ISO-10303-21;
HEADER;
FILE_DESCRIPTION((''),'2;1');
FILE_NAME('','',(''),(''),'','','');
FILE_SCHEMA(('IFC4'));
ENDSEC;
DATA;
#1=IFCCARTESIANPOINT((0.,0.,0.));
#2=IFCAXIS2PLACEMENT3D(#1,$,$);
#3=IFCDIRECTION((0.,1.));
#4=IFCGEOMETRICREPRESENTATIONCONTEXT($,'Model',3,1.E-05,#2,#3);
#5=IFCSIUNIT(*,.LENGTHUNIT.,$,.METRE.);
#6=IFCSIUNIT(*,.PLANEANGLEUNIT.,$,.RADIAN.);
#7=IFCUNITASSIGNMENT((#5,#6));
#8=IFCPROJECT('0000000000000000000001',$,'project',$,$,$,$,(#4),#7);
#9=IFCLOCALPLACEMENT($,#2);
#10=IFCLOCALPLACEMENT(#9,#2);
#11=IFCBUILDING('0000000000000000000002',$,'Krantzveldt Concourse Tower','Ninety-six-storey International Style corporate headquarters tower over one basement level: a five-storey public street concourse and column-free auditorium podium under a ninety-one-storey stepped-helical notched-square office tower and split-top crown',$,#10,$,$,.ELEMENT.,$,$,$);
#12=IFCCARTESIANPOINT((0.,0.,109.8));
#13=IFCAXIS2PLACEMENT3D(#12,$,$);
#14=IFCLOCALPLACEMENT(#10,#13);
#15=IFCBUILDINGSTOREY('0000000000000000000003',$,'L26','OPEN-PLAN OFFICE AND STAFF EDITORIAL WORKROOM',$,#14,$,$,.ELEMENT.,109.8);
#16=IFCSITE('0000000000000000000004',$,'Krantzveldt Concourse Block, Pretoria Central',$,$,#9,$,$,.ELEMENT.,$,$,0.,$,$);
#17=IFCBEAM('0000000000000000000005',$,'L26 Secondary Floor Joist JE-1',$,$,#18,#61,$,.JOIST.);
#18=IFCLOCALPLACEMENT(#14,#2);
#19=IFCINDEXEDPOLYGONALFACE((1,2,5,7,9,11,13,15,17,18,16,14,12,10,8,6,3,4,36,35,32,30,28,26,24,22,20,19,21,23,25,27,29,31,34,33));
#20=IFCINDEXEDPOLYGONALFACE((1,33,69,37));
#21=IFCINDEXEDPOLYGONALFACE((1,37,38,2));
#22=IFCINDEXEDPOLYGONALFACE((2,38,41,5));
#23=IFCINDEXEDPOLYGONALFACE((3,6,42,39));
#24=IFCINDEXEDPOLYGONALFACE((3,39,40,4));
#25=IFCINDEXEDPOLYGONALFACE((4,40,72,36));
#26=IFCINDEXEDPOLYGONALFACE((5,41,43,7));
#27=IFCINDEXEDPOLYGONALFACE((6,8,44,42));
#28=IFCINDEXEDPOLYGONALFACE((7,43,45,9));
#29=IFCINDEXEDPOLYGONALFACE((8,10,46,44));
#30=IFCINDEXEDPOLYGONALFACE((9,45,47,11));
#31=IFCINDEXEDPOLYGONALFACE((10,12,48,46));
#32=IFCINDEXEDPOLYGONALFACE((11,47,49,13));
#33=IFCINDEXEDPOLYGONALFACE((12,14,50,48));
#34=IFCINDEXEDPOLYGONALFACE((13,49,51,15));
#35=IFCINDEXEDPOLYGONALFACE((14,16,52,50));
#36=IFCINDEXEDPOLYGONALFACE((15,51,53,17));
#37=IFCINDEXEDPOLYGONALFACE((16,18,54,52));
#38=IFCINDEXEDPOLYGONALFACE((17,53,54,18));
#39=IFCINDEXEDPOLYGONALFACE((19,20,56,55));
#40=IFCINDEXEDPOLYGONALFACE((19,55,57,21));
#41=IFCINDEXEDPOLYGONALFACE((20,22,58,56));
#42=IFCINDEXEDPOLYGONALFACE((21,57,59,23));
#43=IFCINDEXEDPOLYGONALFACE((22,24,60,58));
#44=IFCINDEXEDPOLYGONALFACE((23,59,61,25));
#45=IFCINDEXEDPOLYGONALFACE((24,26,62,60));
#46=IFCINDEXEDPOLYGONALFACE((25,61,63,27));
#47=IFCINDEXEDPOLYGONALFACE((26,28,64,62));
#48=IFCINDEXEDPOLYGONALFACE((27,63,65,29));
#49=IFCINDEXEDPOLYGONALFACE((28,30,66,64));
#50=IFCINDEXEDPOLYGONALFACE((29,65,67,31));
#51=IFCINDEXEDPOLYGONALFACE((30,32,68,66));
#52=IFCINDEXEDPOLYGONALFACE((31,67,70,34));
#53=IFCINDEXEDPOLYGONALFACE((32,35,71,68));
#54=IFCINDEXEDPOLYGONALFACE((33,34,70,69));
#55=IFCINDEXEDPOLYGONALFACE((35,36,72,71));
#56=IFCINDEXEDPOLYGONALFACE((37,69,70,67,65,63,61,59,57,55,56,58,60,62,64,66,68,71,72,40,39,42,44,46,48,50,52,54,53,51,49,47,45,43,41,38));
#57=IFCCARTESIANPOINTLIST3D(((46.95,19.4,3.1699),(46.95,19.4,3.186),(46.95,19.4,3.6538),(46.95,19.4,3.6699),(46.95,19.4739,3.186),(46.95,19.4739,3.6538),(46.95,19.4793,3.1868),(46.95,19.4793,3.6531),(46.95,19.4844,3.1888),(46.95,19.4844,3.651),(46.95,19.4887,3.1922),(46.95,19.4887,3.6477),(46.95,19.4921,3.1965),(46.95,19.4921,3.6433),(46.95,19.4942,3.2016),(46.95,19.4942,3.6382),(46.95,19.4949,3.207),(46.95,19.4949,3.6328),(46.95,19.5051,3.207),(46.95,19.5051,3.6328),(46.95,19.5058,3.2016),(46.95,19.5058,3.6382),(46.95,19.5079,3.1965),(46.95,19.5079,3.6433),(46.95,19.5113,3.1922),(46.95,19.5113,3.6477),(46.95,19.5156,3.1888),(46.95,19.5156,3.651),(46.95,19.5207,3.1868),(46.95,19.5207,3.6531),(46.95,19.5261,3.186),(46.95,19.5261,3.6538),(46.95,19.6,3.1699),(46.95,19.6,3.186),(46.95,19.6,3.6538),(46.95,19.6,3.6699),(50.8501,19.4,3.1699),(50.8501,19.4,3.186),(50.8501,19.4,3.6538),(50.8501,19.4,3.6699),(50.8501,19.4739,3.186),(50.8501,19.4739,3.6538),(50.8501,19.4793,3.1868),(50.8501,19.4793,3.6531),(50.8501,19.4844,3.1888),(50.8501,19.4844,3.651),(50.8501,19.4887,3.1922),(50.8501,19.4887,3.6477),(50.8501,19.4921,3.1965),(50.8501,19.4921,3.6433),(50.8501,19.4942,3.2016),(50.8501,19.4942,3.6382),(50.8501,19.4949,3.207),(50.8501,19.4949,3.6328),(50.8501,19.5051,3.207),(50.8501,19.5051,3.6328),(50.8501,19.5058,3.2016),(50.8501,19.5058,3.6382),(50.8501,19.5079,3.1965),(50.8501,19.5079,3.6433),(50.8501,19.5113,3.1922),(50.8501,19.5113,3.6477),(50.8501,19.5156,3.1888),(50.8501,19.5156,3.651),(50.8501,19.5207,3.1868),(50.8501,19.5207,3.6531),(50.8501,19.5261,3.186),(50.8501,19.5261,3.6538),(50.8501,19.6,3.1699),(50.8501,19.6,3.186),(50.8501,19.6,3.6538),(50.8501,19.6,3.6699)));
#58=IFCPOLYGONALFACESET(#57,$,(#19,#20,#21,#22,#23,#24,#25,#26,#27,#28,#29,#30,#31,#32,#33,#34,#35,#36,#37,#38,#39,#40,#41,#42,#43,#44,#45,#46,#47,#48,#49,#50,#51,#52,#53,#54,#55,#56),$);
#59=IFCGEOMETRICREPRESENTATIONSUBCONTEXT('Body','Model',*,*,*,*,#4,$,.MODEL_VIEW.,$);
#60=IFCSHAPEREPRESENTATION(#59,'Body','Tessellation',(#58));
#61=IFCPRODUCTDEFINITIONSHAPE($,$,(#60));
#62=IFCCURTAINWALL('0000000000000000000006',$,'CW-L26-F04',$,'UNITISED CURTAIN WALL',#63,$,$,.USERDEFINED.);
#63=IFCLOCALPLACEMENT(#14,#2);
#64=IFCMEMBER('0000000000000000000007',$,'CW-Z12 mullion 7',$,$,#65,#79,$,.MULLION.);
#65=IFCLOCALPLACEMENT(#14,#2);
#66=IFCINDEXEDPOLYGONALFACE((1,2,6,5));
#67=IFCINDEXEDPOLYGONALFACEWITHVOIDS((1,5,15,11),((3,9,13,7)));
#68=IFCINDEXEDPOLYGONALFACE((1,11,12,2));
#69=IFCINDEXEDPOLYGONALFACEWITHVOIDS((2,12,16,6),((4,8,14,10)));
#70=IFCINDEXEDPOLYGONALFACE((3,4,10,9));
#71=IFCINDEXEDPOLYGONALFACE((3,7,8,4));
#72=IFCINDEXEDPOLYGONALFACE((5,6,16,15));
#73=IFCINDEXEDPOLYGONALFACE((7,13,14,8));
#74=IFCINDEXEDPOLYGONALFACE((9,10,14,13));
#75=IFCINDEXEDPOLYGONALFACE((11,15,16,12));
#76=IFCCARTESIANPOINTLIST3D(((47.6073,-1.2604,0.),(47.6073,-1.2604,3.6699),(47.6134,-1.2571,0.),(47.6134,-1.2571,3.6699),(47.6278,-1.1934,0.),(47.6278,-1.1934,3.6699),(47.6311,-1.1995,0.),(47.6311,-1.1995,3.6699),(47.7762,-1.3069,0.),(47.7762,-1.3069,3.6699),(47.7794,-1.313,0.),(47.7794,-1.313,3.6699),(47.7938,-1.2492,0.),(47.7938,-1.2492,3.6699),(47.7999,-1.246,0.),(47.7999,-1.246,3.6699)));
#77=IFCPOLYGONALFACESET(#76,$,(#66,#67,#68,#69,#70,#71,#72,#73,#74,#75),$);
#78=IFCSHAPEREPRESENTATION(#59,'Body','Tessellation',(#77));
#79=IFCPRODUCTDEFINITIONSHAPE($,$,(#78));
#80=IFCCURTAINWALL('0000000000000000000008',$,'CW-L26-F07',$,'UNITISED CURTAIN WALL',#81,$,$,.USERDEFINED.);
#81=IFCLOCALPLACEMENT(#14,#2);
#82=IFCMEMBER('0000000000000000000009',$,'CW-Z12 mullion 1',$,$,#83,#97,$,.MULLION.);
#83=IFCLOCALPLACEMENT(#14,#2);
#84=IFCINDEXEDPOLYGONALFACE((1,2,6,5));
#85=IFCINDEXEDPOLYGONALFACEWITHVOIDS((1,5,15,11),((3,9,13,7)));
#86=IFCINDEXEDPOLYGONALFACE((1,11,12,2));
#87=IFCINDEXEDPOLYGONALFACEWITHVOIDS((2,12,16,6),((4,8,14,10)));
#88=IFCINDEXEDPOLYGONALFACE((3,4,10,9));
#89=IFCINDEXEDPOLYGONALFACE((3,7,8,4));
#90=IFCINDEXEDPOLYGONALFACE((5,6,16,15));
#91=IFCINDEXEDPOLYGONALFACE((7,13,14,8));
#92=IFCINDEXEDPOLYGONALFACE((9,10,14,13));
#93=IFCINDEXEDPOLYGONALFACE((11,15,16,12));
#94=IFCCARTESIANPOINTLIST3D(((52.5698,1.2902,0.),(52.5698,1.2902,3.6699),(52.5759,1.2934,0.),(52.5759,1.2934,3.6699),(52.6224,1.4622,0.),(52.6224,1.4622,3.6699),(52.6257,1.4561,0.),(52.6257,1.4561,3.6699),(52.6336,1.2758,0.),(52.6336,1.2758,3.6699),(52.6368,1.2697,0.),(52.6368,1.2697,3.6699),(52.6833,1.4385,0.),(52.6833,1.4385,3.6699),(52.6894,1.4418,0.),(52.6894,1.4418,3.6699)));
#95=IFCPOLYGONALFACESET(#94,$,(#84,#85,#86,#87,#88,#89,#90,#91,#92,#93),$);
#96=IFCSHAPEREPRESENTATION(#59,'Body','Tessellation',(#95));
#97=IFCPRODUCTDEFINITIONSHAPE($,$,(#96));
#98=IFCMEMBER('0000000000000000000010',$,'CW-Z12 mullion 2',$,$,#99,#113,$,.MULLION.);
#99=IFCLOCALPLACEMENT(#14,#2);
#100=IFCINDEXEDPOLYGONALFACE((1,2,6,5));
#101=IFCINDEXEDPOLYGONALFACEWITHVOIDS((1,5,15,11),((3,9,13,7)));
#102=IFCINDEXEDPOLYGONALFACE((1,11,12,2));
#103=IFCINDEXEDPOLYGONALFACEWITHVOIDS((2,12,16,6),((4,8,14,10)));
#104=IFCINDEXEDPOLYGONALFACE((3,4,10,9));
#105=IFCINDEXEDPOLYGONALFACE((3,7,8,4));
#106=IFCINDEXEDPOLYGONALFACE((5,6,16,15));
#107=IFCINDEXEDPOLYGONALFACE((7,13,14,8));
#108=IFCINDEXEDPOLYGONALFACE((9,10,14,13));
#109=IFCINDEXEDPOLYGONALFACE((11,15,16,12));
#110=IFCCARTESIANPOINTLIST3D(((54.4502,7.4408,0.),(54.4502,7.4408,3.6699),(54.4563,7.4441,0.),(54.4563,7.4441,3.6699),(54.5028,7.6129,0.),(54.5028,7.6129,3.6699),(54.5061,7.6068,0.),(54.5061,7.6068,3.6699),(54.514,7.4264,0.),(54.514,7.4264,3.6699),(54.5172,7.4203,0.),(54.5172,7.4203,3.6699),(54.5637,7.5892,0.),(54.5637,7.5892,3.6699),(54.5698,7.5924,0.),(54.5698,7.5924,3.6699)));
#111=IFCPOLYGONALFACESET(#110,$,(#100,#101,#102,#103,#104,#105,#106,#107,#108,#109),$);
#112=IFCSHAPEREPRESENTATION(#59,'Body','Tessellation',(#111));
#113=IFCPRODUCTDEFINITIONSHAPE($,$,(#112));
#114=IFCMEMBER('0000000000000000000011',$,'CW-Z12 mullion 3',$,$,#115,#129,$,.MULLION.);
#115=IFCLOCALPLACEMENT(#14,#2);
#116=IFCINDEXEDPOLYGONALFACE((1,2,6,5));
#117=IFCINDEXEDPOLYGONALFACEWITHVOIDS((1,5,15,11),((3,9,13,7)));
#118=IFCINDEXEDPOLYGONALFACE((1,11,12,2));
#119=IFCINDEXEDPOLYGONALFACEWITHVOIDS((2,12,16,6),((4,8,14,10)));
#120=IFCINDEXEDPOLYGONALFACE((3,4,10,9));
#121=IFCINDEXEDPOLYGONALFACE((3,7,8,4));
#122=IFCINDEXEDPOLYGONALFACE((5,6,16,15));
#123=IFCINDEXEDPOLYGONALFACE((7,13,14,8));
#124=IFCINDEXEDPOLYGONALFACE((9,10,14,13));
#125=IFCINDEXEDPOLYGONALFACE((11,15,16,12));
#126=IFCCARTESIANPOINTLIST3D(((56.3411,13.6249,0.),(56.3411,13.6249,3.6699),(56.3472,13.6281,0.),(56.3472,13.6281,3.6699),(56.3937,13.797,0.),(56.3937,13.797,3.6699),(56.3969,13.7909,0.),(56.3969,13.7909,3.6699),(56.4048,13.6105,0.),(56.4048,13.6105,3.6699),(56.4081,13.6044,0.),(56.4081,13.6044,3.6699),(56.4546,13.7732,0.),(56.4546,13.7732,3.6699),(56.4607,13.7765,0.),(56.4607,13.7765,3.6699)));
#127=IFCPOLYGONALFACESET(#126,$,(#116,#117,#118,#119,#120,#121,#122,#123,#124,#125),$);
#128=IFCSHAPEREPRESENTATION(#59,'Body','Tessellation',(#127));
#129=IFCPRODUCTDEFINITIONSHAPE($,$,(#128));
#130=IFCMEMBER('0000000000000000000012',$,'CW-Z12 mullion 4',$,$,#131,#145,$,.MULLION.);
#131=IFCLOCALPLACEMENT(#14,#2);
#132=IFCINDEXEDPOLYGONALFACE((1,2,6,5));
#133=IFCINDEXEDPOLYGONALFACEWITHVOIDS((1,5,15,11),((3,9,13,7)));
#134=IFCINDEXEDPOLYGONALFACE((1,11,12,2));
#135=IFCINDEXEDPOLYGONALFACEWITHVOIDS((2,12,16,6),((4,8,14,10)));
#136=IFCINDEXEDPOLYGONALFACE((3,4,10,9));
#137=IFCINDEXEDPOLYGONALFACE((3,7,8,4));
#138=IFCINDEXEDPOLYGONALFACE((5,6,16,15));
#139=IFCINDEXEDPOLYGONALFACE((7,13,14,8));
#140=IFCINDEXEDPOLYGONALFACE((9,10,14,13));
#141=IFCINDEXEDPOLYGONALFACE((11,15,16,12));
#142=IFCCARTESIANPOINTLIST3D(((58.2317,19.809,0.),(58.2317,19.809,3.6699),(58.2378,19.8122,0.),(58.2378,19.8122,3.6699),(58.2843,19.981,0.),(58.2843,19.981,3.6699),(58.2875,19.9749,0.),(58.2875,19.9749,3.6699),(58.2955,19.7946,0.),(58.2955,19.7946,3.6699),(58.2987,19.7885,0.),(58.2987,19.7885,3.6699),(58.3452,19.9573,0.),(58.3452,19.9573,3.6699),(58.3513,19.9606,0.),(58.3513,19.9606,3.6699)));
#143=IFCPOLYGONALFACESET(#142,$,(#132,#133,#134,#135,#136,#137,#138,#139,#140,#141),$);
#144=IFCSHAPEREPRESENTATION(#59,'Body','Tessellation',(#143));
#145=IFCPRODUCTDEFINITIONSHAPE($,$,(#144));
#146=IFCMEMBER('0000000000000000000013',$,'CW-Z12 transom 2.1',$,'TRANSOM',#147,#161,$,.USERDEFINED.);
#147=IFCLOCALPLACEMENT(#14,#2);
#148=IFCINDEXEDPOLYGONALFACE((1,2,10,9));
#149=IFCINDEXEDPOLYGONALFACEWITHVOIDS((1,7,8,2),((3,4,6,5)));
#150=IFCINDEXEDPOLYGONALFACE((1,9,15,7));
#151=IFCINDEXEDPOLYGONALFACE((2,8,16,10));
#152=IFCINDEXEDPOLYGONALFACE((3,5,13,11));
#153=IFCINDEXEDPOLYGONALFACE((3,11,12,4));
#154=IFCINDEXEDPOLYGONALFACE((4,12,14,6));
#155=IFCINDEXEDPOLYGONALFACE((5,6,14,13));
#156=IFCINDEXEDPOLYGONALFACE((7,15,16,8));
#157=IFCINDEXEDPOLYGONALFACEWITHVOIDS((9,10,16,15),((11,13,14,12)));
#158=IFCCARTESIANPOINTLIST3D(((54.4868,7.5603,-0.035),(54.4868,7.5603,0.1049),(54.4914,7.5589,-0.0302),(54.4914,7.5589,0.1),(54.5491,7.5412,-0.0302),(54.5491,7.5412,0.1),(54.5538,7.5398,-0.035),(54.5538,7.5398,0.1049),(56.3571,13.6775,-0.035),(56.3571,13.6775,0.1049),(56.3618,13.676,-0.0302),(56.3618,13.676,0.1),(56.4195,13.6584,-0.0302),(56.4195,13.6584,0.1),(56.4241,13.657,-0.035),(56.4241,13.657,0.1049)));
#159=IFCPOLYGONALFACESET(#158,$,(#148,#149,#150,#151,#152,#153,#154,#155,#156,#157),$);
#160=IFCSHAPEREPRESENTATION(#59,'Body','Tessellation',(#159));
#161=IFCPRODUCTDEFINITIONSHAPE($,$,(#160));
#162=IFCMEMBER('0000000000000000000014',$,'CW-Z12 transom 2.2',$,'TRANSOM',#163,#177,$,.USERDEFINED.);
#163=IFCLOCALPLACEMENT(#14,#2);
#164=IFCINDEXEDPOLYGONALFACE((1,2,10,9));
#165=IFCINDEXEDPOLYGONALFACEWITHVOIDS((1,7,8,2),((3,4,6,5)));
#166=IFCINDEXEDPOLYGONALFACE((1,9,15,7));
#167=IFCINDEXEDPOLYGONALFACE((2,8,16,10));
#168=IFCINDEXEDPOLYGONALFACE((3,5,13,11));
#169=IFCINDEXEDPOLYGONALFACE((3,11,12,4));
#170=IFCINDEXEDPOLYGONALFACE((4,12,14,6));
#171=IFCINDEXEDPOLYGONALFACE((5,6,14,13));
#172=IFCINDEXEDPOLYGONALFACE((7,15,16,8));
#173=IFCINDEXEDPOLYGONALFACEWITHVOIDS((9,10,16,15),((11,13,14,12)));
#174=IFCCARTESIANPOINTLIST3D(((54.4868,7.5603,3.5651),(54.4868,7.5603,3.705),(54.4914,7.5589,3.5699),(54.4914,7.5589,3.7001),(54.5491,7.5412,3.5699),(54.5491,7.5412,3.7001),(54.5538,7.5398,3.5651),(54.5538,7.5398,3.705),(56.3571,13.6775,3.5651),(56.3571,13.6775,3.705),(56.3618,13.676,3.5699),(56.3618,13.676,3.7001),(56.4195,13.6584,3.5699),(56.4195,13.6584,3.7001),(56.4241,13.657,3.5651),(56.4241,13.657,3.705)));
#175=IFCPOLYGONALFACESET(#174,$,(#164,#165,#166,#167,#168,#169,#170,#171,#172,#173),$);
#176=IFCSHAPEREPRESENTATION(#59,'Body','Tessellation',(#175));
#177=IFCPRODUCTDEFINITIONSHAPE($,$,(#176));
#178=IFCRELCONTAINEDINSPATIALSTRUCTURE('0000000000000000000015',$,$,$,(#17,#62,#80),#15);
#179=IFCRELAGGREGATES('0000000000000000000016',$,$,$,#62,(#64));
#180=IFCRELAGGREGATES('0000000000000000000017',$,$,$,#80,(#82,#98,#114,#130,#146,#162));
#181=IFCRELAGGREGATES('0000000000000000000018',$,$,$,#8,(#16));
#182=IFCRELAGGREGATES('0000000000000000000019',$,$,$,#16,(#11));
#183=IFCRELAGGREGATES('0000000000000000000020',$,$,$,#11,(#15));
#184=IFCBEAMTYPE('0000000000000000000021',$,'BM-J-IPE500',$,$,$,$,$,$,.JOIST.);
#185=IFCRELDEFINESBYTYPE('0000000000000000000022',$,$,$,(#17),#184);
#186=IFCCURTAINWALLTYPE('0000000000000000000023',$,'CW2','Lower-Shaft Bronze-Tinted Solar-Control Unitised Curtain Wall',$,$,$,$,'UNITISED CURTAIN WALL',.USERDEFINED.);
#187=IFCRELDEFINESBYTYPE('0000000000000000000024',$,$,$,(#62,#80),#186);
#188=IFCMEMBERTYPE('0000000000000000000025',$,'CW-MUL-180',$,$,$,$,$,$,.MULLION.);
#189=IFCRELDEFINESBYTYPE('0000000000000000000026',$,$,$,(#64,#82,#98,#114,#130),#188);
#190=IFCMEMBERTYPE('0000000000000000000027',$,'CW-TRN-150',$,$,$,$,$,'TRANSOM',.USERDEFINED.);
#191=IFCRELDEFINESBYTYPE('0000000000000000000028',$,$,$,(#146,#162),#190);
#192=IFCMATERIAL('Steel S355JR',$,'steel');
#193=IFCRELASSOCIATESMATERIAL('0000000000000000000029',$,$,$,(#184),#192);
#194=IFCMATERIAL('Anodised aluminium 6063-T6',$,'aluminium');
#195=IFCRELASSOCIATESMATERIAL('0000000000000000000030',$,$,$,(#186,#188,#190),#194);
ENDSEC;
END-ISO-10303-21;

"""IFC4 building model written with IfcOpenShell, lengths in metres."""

from ifc_helpers import new_model, si_unit, direction, frame, origin, origin_2d, place, context, subcontext, project, spatial, hollow_rectangle, i_section, extrude, source, transform, mapped, material, material_profile, profile_set, type_object, type_shapes, element, aggregate, save


model = new_model("IFC4")

# Units and contexts
model_context = context("Model", 3, precision=1e-05, world=origin(), true_north=direction((0.0, 1.0)))
body_context = subcontext(model_context, "Body", "Model", "MODEL_VIEW")
ifc_project = project(units=[si_unit("LENGTHUNIT", "METRE"), si_unit("PLANEANGLEUNIT", "RADIAN")], contexts=[model_context])

# Site, building, storey
site_placement = place(None, origin())
site = spatial("IfcSite", under=ifc_project, at=site_placement, Name="Krantzveldt Concourse Block, Pretoria Central", CompositionType="ELEMENT", RefElevation=0.0)
building_placement = place(site_placement, origin())
building = spatial("IfcBuilding", under=site, at=building_placement, Name="Krantzveldt Concourse Tower", Description="Ninety-six-storey International Style corporate headquarters tower over one basement level: a five-storey public street concourse and column-free auditorium podium under a ninety-one-storey stepped-helical notched-square office tower and split-top crown", CompositionType="ELEMENT")
storey_placement = place(building_placement, frame((0.0, 0.0, 109.8)))
storey = spatial("IfcBuildingStorey", under=building, at=storey_placement, Name="L26", Description="OPEN-PLAN OFFICE AND STAFF EDITORIAL WORKROOM", CompositionType="ELEMENT", Elevation=109.8)

# Beam
ifc_material_1 = material(Name="Steel S355JR", Category="steel")
ifc_material_profile_1 = material_profile(ifc_material_1, i_section(OverallWidth=0.2, OverallDepth=0.5, WebThickness=0.0103, FlangeThickness=0.0161, FilletRadius=0.021, at=origin_2d()), Name="Steel S355JR", Category="steel")
ifc_profile_set_1 = profile_set([ifc_material_profile_1], Name="Steel S355JR - IPE 500")
beam_type_1 = type_object("IfcBeamType", Name="BM-J-IPE500", PredefinedType="JOIST", material=ifc_profile_set_1)
shared_shape_1 = source(origin(), body_context, "Body", "SweptSolid", [
    extrude(i_section(OverallWidth=0.2, OverallDepth=0.5, WebThickness=0.0103, FlangeThickness=0.0161, FilletRadius=0.021, at=origin_2d()), origin(), (0.0, 0.0, 1.0), 3.9001),
])
type_shapes(beam_type_1, [shared_shape_1])
beam_1_placement = place(storey_placement, frame((46.95, 19.5, 3.4199), z_axis=(1.0, 0.0, 0.0), x_axis=(0.0, 1.0, 0.0)))
element("IfcBeam", 1, at=beam_1_placement, inside=storey, type_object=beam_type_1, Name="L26 Secondary Floor Joist JE-1", PredefinedType="JOIST", context=body_context, shape_type="MappedRepresentation", body=[
    mapped(shared_shape_1, transform((0.0, 0.0, 0.0), x_axis=(1.0, 0.0, 0.0), y_axis=(0.0, 1.0, 0.0), z_axis=(0.0, 0.0, 1.0), scale=1.0)),
])

# Curtain wall, member
ifc_material_2 = material(Name="Anodised aluminium 6063-T6", Category="aluminium")
curtain_wall_type = type_object("IfcCurtainWallType", Name="CW2", Description="Lower-Shaft Bronze-Tinted Solar-Control Unitised Curtain Wall", ElementType="UNITISED CURTAIN WALL", PredefinedType="USERDEFINED", material=ifc_material_2)
curtain_wall_1_placement = place(storey_placement, origin())
curtain_wall_1 = element("IfcCurtainWall", 2, at=curtain_wall_1_placement, inside=storey, type_object=curtain_wall_type, Name="CW-L26-F04", ObjectType="UNITISED CURTAIN WALL", PredefinedType="USERDEFINED")
ifc_material_profile_2 = material_profile(ifc_material_2, hollow_rectangle(XDim=0.0701, YDim=0.1799, WallThickness=0.0049, at=origin_2d()), Name="Anodised aluminium 6063-T6", Category="aluminium")
ifc_profile_set_2 = profile_set([ifc_material_profile_2], Name="Anodised aluminium 6063-T6 - ALU-MULL 180x70x5")
member_type_1 = type_object("IfcMemberType", Name="CW-MUL-180", PredefinedType="MULLION", material=ifc_profile_set_2)
shared_shape_2 = source(origin(), body_context, "Body", "SweptSolid", [
    extrude(hollow_rectangle(XDim=0.0701, YDim=0.1799, WallThickness=0.0049, at=origin_2d()), origin(), (0.0, 0.0, 1.0), 3.6699),
])
type_shapes(member_type_1, [shared_shape_2])
member_1_placement = place(storey_placement, frame((47.7036, -1.2532, 0.0), z_axis=(0.0, 0.0, 1.0), x_axis=(0.292372, 0.956305, 0.0)))
member_1 = element("IfcMember", 3, at=member_1_placement, type_object=member_type_1, Name="CW-Z12 mullion 7", PredefinedType="MULLION", context=body_context, shape_type="MappedRepresentation", body=[
    mapped(shared_shape_2, transform((0.0, 0.0, 0.0), x_axis=(1.0, 0.0, 0.0), y_axis=(0.0, 1.0, 0.0), z_axis=(0.0, 0.0, 1.0), scale=1.0)),
])

# Curtain wall, members
curtain_wall_2_placement = place(storey_placement, origin())
curtain_wall_2 = element("IfcCurtainWall", 4, at=curtain_wall_2_placement, inside=storey, type_object=curtain_wall_type, Name="CW-L26-F07", ObjectType="UNITISED CURTAIN WALL", PredefinedType="USERDEFINED")
member_2_placement = place(storey_placement, frame((52.6296, 1.366, 0.0), z_axis=(0.0, 0.0, 1.0), x_axis=(-0.956305, 0.292372, 0.0)))
member_2 = element("IfcMember", 5, at=member_2_placement, type_object=member_type_1, Name="CW-Z12 mullion 1", PredefinedType="MULLION", context=body_context, shape_type="MappedRepresentation", body=[
    mapped(shared_shape_2, transform((0.0, 0.0, 0.0), x_axis=(1.0, 0.0, 0.0), y_axis=(0.0, 1.0, 0.0), z_axis=(0.0, 0.0, 1.0), scale=1.0)),
])
member_3_placement = place(storey_placement, frame((54.51, 7.5166, 0.0), z_axis=(0.0, 0.0, 1.0), x_axis=(-0.956305, 0.292372, 0.0)))
member_3 = element("IfcMember", 6, at=member_3_placement, type_object=member_type_1, Name="CW-Z12 mullion 2", PredefinedType="MULLION", context=body_context, shape_type="MappedRepresentation", body=[
    mapped(shared_shape_2, transform((0.0, 0.0, 0.0), x_axis=(1.0, 0.0, 0.0), y_axis=(0.0, 1.0, 0.0), z_axis=(0.0, 0.0, 1.0), scale=1.0)),
])
member_4_placement = place(storey_placement, frame((56.4009, 13.7007, 0.0), z_axis=(0.0, 0.0, 1.0), x_axis=(-0.956305, 0.292372, 0.0)))
member_4 = element("IfcMember", 7, at=member_4_placement, type_object=member_type_1, Name="CW-Z12 mullion 3", PredefinedType="MULLION", context=body_context, shape_type="MappedRepresentation", body=[
    mapped(shared_shape_2, transform((0.0, 0.0, 0.0), x_axis=(1.0, 0.0, 0.0), y_axis=(0.0, 1.0, 0.0), z_axis=(0.0, 0.0, 1.0), scale=1.0)),
])
member_5_placement = place(storey_placement, frame((58.2915, 19.8848, 0.0), z_axis=(0.0, 0.0, 1.0), x_axis=(-0.956305, 0.292372, 0.0)))
member_5 = element("IfcMember", 8, at=member_5_placement, type_object=member_type_1, Name="CW-Z12 mullion 4", PredefinedType="MULLION", context=body_context, shape_type="MappedRepresentation", body=[
    mapped(shared_shape_2, transform((0.0, 0.0, 0.0), x_axis=(1.0, 0.0, 0.0), y_axis=(0.0, 1.0, 0.0), z_axis=(0.0, 0.0, 1.0), scale=1.0)),
])
ifc_material_profile_3 = material_profile(ifc_material_2, hollow_rectangle(XDim=0.0701, YDim=0.1399, WallThickness=0.0049, at=origin_2d()), Name="Anodised aluminium 6063-T6", Category="aluminium")
ifc_profile_set_3 = profile_set([ifc_material_profile_3], Name="Anodised aluminium 6063-T6 - ALU-TRAN 140x70x5")
member_type_2 = type_object("IfcMemberType", Name="CW-TRN-150", ElementType="TRANSOM", PredefinedType="USERDEFINED", material=ifc_profile_set_3)
shared_shape_3 = source(origin(), body_context, "Body", "SweptSolid", [
    extrude(hollow_rectangle(XDim=0.0701, YDim=0.1399, WallThickness=0.0049, at=origin_2d()), origin(), (0.0, 0.0, 1.0), 6.3967),
])
member_6_placement = place(storey_placement, frame((54.5203, 7.55, 0.0349), z_axis=(0.292393, 0.956298, 0.0), x_axis=(-0.956298, 0.292393, 0.0)))
member_6 = element("IfcMember", 9, at=member_6_placement, type_object=member_type_2, Name="CW-Z12 transom 2.1", ObjectType="TRANSOM", PredefinedType="USERDEFINED", context=body_context, shape_type="MappedRepresentation", body=[
    mapped(shared_shape_3, transform((0.0, 0.0, 0.0), x_axis=(1.0, 0.0, 0.0), y_axis=(0.0, 1.0, 0.0), z_axis=(0.0, 0.0, 1.0), scale=1.0)),
])
member_7_placement = place(storey_placement, frame((54.5203, 7.55, 3.635), z_axis=(0.292393, 0.956298, 0.0), x_axis=(-0.956298, 0.292393, 0.0)))
member_7 = element("IfcMember", 10, at=member_7_placement, type_object=member_type_2, Name="CW-Z12 transom 2.2", ObjectType="TRANSOM", PredefinedType="USERDEFINED", context=body_context, shape_type="MappedRepresentation", body=[
    mapped(shared_shape_3, transform((0.0, 0.0, 0.0), x_axis=(1.0, 0.0, 0.0), y_axis=(0.0, 1.0, 0.0), z_axis=(0.0, 0.0, 1.0), scale=1.0)),
])

aggregate(curtain_wall_1, [member_1])
aggregate(curtain_wall_2, [member_2, member_3, member_4, member_5, member_6, member_7])

save(model, "model.ifc")
